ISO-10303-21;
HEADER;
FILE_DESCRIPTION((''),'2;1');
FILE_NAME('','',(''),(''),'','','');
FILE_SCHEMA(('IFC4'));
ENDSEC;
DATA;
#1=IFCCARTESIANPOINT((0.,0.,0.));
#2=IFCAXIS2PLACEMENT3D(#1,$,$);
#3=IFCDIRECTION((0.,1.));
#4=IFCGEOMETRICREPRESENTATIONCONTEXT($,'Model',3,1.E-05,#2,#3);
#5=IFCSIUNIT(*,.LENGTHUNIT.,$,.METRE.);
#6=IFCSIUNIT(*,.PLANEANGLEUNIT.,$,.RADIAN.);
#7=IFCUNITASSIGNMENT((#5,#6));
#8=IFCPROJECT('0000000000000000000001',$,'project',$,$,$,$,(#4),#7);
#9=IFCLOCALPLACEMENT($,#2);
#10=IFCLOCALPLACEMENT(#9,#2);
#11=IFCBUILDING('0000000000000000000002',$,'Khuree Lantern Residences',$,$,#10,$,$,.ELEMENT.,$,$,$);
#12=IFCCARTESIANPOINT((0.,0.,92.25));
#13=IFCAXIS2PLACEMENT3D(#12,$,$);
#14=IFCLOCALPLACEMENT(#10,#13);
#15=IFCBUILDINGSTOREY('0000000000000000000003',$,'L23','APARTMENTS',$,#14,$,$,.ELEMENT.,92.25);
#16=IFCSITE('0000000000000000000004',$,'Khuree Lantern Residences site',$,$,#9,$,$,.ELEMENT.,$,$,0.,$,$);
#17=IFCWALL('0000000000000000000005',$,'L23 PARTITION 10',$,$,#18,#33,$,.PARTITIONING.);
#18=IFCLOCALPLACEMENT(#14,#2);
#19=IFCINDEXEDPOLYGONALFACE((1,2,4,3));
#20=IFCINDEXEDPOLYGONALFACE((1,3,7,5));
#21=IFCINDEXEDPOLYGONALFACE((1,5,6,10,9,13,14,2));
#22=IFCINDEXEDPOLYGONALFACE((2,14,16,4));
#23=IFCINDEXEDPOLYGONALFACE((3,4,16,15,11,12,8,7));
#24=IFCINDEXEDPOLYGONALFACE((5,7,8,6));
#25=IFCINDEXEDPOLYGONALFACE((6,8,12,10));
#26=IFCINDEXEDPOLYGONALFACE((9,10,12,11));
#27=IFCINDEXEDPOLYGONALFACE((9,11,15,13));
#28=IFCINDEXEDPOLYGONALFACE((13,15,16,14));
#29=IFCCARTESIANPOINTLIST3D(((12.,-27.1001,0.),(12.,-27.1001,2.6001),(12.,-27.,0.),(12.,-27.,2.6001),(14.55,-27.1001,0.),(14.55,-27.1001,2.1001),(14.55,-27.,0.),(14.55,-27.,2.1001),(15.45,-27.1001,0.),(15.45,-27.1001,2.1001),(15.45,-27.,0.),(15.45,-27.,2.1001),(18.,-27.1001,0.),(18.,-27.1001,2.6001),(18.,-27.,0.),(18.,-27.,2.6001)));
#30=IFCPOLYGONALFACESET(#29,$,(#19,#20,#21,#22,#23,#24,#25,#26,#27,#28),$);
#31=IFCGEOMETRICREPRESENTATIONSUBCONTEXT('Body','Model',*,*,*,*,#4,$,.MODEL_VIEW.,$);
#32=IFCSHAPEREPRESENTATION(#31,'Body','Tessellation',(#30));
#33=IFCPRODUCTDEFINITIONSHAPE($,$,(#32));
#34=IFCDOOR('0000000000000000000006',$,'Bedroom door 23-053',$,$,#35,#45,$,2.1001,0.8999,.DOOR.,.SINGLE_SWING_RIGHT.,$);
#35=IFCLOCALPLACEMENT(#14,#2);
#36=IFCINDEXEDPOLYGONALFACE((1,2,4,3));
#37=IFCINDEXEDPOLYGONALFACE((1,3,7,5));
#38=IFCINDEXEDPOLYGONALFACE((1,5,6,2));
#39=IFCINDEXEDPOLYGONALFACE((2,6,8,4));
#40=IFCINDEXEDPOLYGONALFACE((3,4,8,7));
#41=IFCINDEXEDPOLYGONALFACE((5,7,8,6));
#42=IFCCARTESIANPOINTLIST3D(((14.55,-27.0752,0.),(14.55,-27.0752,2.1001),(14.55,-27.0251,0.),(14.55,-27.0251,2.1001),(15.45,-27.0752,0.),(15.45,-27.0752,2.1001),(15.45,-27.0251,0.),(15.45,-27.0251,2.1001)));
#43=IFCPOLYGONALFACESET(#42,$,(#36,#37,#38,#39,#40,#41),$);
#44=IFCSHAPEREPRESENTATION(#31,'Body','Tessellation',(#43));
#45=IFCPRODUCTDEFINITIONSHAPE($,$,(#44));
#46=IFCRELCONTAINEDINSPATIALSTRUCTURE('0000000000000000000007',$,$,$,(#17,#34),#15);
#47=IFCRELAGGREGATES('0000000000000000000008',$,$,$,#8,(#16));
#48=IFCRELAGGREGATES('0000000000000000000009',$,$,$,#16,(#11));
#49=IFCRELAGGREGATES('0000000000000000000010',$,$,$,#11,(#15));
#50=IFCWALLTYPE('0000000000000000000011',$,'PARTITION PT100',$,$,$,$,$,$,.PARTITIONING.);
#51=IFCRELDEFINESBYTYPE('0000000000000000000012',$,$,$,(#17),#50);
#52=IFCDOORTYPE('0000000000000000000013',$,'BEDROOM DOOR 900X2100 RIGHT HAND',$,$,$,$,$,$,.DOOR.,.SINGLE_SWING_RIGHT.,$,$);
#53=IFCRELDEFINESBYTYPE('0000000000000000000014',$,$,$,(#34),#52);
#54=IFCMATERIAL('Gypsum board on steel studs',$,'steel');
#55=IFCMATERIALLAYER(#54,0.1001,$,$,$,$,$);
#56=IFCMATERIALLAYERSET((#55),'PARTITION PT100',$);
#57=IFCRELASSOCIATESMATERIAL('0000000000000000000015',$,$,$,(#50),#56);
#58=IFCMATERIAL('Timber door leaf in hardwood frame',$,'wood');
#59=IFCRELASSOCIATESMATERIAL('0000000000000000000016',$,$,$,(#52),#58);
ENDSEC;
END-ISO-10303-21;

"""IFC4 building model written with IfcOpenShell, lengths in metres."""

from ifc_helpers import new_model, si_unit, direction, frame, frame_2d, origin, place, context, subcontext, project, spatial, rectangle, extrude, material, layer, layer_set, type_object, element, fill, save


model = new_model("IFC4")

# Units and contexts
model_context = context("Model", 3, precision=1e-05, world=origin(), true_north=direction((0.0, 1.0)))
body_context = subcontext(model_context, "Body", "Model", "MODEL_VIEW")
ifc_project = project(units=[si_unit("LENGTHUNIT", "METRE"), si_unit("PLANEANGLEUNIT", "RADIAN")], contexts=[model_context])

# Site, building, storey
site_placement = place(None, origin())
site = spatial("IfcSite", under=ifc_project, at=site_placement, Name="Khuree Lantern Residences site", CompositionType="ELEMENT", RefElevation=0.0)
building_placement = place(site_placement, origin())
building = spatial("IfcBuilding", under=site, at=building_placement, Name="Khuree Lantern Residences", CompositionType="ELEMENT")
storey_placement = place(building_placement, frame((0.0, 0.0, 92.25)))
storey = spatial("IfcBuildingStorey", under=building, at=storey_placement, Name="L23", Description="APARTMENTS", CompositionType="ELEMENT", Elevation=92.25)

# Shared definitions
ifc_material_1 = material(Name="Gypsum board on steel studs", Category="steel")
ifc_layer_1 = layer(ifc_material_1, 0.1001)
ifc_layer_set_1 = layer_set([ifc_layer_1], Name="PARTITION PT100")
wall_type = type_object("IfcWallType", Name="PARTITION PT100", PredefinedType="PARTITIONING", material=ifc_layer_set_1)

# Shared definitions
ifc_material_2 = material(Name="Timber door leaf in hardwood frame", Category="wood")

# Wall, opening, door
wall_1_placement = place(storey_placement, frame((12.0, -27.05, 0.0), z_axis=(0.0, 0.0, 1.0), x_axis=(1.0, 0.0, 0.0)))
wall_1 = element("IfcWall", 1, at=wall_1_placement, inside=storey, type_object=wall_type, Name="L23 PARTITION 10", PredefinedType="PARTITIONING", context=body_context, shape_type="SweptSolid", body=[
    extrude(rectangle(XDim=6.0, YDim=0.1001, at=frame_2d((3.0, 0.0))), origin(), (0.0, 0.0, 1.0), 2.6001),
])
opening_1_placement = place(wall_1_placement, frame((2.55, 0.0, 0.0)))
opening_1 = element("IfcOpeningElement", 2, at=opening_1_placement, cuts=wall_1, PredefinedType="OPENING", context=body_context, shape_type="SweptSolid", body=[
    extrude(rectangle(XDim=0.8999, YDim=2.1001, at=frame_2d((0.45, 1.05))), frame((0.0, 0.0601, 0.0), z_axis=(0.0, -1.0, 0.0), x_axis=(1.0, 0.0, 0.0)), (0.0, 0.0, 1.0), 0.1201),
])
door_type_1 = type_object("IfcDoorType", Name="BEDROOM DOOR 900X2100 RIGHT HAND", OperationType="SINGLE_SWING_RIGHT", PredefinedType="DOOR", material=ifc_material_2)
door_1_placement = place(opening_1_placement, origin())
door_1 = element("IfcDoor", 3, at=door_1_placement, inside=storey, type_object=door_type_1, Name="Bedroom door 23-053", OperationType="SINGLE_SWING_RIGHT", OverallHeight=2.1001, OverallWidth=0.8999, PredefinedType="DOOR", context=body_context, shape_type="SweptSolid", body=[
    extrude(rectangle(XDim=0.8999, YDim=2.1001, at=frame_2d((0.45, 1.05))), frame((0.0, 0.0249, 0.0), z_axis=(0.0, -1.0, 0.0), x_axis=(1.0, 0.0, 0.0)), (0.0, 0.0, 1.0), 0.05),
])
fill(opening_1, door_1)

save(model, "model.ifc")
